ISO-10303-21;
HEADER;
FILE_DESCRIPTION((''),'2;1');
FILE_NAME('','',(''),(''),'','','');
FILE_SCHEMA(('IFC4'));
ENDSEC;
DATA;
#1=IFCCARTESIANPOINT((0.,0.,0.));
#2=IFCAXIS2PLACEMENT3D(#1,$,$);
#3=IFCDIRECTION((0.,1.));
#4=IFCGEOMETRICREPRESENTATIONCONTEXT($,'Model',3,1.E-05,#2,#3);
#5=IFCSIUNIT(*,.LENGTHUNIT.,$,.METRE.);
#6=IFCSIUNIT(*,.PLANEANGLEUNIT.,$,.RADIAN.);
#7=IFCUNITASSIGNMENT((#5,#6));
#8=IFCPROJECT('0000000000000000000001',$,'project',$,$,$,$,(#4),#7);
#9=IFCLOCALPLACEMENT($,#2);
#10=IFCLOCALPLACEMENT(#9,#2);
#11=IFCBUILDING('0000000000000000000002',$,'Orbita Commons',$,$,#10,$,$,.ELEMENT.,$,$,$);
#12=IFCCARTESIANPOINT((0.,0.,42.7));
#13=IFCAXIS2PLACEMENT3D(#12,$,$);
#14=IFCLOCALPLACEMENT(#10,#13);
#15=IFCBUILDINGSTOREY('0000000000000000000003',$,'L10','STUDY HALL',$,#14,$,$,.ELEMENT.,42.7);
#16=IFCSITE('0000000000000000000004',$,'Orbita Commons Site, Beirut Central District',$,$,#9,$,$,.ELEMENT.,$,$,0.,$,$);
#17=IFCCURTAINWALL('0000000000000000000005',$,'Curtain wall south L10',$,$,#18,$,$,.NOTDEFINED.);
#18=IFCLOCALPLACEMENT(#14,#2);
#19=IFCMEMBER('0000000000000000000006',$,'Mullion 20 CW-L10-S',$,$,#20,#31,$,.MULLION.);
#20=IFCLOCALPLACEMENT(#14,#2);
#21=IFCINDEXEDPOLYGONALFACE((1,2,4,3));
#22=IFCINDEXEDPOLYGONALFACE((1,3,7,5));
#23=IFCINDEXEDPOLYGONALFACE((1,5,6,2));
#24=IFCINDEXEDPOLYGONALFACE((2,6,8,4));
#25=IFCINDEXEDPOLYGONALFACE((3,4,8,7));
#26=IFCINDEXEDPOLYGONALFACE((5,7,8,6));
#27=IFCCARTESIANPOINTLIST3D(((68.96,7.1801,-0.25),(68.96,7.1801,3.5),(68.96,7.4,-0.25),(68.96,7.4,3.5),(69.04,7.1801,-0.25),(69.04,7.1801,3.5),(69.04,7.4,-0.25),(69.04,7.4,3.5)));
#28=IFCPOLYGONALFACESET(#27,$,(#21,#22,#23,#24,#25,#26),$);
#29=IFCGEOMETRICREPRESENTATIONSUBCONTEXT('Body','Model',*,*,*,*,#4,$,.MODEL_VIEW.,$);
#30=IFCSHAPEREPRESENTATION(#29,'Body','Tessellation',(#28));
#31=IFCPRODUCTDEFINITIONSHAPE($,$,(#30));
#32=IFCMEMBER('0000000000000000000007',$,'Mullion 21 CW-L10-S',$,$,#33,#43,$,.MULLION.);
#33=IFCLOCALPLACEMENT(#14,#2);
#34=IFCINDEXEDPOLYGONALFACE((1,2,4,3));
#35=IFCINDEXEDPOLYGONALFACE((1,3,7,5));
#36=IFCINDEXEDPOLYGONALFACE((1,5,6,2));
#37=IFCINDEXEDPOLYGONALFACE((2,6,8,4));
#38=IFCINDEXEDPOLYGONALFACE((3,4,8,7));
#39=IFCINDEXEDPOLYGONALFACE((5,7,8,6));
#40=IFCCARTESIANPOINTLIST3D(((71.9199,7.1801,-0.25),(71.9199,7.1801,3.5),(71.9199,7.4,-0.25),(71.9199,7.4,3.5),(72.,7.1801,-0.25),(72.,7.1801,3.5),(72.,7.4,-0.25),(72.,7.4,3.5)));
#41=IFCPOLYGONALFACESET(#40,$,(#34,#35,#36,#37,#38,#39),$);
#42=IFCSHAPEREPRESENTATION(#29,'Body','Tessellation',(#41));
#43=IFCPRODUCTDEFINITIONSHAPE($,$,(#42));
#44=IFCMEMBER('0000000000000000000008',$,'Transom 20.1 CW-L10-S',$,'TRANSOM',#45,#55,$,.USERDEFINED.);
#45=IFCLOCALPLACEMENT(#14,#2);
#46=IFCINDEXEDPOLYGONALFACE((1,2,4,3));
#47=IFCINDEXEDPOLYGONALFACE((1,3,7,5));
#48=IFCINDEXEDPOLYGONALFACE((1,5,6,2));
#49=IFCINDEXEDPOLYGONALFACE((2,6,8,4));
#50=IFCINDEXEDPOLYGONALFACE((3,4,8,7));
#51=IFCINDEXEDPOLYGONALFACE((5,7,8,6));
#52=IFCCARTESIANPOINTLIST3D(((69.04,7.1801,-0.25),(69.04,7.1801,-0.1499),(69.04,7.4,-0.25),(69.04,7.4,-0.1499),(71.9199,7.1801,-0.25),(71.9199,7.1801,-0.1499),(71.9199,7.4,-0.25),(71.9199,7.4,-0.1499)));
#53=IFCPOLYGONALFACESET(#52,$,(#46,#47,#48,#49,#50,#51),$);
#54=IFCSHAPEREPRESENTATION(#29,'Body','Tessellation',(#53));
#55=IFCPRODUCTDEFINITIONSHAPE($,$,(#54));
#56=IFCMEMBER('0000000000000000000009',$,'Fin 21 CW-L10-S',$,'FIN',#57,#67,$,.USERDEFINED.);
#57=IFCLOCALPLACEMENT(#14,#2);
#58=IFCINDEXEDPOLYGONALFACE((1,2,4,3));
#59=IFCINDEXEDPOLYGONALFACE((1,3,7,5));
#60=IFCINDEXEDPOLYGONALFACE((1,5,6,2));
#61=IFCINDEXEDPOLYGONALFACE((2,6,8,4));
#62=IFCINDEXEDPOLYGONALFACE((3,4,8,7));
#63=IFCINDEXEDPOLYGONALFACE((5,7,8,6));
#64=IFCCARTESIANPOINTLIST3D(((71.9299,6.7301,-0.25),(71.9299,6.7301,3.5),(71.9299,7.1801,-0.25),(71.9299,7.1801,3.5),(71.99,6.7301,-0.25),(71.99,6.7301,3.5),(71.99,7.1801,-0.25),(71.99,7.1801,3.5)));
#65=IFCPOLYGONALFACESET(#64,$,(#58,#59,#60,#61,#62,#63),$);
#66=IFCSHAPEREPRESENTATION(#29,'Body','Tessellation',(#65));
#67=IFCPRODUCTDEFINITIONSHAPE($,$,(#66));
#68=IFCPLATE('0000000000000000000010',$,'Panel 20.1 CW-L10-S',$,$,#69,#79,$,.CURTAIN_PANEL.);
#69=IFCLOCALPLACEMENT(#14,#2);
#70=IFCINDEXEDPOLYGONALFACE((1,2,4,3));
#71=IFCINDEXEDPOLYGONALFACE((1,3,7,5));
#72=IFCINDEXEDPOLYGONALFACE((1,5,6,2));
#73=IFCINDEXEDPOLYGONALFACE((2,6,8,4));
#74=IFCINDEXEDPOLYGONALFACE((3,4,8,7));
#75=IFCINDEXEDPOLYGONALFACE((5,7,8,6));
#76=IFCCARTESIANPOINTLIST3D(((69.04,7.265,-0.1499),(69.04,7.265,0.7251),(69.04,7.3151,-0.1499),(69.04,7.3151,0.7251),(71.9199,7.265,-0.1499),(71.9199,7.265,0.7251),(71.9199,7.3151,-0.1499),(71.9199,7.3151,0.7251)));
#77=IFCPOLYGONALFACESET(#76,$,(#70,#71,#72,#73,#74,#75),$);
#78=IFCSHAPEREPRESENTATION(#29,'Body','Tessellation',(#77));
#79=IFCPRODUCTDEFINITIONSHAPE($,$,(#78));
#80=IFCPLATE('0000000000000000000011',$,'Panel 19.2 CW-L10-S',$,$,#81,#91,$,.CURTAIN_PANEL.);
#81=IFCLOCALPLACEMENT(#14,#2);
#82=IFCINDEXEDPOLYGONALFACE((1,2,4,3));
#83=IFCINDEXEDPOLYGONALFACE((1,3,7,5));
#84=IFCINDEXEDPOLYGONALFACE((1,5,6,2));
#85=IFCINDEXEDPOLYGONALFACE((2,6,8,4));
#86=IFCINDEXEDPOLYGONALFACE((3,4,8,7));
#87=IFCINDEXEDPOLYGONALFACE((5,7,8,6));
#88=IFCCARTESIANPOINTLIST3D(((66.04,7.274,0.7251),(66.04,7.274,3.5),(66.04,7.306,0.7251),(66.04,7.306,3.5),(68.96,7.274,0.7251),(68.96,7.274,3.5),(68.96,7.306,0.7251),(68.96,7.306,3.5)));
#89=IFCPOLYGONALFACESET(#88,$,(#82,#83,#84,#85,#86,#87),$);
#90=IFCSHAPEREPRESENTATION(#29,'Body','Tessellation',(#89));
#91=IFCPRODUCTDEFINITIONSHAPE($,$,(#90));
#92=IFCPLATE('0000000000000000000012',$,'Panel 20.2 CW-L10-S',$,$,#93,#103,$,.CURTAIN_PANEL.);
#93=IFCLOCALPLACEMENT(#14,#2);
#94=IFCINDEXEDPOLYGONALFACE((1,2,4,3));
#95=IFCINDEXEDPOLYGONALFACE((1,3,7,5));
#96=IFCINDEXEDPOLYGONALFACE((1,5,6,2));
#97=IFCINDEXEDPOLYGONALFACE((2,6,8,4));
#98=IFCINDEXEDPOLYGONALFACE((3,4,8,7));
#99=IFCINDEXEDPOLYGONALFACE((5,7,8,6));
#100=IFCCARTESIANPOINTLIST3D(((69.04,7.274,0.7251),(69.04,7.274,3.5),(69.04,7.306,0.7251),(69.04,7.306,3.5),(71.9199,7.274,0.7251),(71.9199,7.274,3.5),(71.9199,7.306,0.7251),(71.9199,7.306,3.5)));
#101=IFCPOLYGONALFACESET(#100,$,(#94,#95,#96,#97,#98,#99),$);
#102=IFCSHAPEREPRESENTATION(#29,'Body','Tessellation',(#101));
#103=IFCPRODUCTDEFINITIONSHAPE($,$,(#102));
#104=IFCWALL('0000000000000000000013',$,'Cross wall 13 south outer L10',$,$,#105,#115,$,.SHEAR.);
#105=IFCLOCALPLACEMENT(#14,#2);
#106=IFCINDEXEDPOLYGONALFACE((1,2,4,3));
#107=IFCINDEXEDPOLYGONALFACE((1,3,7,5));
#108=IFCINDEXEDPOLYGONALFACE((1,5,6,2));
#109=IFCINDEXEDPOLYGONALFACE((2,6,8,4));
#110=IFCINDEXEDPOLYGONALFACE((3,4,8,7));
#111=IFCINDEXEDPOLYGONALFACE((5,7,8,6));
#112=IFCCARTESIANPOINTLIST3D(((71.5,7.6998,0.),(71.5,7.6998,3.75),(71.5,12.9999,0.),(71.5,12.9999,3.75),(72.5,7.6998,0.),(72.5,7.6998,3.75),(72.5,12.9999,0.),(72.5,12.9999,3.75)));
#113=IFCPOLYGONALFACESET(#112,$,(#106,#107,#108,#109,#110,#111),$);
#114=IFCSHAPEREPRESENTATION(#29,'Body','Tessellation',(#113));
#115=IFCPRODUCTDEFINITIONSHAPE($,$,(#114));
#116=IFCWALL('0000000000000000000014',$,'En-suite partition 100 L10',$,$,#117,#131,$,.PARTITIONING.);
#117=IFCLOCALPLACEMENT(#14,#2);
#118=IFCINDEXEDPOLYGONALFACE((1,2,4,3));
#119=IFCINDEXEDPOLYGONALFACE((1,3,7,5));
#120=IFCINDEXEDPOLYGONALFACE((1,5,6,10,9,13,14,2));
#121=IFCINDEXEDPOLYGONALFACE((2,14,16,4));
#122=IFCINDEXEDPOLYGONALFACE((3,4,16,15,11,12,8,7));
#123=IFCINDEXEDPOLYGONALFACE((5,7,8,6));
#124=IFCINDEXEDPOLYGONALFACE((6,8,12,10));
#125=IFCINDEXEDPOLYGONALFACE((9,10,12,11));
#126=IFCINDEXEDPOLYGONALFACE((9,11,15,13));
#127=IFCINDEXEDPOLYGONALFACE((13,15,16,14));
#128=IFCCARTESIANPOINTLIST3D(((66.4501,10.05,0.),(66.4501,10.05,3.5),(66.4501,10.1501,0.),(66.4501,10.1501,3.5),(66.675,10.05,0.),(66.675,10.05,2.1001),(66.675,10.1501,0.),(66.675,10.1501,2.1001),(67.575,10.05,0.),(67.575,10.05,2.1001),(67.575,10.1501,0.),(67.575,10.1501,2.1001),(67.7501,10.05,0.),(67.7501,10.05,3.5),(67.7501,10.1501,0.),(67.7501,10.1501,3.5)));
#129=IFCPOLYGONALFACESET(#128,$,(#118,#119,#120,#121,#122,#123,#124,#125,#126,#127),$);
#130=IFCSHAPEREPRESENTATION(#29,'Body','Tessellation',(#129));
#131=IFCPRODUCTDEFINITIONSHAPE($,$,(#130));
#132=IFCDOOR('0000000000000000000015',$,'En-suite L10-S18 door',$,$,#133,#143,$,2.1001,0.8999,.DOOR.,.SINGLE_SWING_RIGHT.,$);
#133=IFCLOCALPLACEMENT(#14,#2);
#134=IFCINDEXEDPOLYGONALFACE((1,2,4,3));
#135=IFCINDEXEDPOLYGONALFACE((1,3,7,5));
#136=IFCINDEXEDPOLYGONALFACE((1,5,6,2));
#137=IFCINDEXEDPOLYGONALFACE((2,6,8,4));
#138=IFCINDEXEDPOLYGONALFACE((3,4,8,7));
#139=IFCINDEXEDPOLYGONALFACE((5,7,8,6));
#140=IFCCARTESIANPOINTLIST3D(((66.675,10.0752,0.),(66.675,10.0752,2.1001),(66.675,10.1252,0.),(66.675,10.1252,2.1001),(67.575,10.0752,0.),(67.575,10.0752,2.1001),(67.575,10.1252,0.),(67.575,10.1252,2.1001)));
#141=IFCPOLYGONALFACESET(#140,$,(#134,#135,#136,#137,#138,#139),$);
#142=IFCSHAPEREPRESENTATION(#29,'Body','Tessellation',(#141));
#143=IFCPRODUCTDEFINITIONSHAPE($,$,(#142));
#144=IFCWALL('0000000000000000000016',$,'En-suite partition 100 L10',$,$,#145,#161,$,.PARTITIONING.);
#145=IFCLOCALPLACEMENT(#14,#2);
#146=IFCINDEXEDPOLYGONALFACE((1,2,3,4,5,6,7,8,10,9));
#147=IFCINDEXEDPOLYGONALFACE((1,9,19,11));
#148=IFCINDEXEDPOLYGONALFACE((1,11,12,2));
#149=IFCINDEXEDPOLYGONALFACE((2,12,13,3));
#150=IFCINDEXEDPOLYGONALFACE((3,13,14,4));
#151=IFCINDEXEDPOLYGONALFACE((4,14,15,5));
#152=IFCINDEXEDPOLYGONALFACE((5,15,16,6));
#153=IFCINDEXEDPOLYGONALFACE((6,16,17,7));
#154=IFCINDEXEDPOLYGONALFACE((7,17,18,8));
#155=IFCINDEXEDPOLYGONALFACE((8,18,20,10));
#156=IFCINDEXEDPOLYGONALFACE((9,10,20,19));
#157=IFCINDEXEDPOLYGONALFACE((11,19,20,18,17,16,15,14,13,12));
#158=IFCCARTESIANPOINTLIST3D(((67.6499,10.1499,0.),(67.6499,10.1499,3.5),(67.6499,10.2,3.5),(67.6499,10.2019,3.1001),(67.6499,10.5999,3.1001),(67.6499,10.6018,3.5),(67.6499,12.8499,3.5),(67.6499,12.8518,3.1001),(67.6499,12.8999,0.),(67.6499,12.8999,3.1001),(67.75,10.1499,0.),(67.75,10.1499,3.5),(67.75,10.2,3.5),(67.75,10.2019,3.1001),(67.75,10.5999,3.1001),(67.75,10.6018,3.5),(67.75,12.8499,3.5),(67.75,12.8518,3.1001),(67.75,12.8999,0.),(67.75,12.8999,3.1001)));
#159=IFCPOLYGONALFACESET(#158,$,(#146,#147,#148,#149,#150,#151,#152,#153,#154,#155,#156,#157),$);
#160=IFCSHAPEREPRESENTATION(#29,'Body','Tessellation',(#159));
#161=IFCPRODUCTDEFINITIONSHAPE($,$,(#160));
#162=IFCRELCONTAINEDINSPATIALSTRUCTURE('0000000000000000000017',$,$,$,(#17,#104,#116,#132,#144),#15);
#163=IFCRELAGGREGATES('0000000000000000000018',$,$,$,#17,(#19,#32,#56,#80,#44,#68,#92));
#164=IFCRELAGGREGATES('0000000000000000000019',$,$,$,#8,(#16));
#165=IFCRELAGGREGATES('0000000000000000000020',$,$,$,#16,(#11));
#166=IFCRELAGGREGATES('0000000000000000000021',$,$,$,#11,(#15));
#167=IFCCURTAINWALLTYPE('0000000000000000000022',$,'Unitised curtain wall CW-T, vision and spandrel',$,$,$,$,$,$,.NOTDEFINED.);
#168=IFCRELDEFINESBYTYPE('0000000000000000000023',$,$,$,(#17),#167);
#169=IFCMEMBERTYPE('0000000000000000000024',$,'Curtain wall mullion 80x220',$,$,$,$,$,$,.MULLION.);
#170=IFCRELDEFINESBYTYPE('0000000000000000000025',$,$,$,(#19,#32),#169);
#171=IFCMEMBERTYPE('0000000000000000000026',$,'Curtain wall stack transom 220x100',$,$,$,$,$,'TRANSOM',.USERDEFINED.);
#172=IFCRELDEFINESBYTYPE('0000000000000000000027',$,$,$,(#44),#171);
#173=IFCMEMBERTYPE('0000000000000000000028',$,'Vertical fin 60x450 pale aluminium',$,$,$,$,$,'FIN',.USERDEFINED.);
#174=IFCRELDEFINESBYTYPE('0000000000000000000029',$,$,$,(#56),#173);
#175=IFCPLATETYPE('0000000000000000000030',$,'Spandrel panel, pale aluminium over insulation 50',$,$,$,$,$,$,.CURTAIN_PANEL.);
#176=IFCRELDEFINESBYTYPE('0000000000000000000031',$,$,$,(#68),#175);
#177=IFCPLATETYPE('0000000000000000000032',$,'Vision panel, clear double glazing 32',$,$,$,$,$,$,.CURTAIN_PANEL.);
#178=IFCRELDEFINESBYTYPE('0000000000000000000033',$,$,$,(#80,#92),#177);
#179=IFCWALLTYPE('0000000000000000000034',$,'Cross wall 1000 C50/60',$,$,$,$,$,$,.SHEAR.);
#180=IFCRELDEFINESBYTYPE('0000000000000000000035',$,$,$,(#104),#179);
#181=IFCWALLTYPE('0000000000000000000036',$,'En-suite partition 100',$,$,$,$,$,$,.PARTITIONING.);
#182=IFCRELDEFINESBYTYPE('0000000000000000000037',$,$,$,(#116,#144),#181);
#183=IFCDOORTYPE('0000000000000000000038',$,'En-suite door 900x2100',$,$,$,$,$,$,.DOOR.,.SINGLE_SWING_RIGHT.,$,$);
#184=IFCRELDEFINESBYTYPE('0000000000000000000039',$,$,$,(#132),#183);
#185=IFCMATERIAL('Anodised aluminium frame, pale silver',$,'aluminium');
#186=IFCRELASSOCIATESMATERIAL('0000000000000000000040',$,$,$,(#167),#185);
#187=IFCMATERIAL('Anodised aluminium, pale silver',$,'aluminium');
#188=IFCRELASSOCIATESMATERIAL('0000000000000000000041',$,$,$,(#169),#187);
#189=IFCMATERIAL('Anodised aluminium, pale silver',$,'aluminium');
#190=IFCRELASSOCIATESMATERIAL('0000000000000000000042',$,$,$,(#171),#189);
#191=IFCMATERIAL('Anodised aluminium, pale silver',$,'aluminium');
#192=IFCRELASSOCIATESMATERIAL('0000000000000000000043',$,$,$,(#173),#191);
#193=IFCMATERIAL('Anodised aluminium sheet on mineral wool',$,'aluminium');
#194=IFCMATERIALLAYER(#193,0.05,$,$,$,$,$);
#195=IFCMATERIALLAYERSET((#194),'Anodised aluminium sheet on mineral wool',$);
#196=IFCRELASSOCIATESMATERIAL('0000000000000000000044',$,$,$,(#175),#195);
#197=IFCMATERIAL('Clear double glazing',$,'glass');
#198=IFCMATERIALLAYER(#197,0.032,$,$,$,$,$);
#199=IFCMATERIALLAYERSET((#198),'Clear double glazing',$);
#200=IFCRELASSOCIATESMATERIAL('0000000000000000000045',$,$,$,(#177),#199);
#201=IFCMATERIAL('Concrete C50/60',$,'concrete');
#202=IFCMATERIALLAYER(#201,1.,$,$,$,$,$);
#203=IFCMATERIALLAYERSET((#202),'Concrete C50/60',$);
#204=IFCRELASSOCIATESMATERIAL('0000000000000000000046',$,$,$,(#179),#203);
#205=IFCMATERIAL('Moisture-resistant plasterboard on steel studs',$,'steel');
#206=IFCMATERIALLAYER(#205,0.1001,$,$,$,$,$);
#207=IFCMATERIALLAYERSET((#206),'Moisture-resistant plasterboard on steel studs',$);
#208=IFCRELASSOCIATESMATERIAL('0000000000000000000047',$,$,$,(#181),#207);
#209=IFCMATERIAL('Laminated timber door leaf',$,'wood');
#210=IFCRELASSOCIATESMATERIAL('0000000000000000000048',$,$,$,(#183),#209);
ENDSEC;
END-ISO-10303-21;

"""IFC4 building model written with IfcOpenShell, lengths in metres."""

from ifc_helpers import new_model, si_unit, direction, frame, frame_2d, origin, origin_2d, place, context, subcontext, project, spatial, polyline, rectangle, outline, extrude, material, layer, layer_set, material_profile, profile_set, type_object, element, fill, aggregate, save


model = new_model("IFC4")

# Units and contexts
model_context = context("Model", 3, precision=1e-05, world=origin(), true_north=direction((0.0, 1.0)))
body_context = subcontext(model_context, "Body", "Model", "MODEL_VIEW")
ifc_project = project(units=[si_unit("LENGTHUNIT", "METRE"), si_unit("PLANEANGLEUNIT", "RADIAN")], contexts=[model_context])

# Site, building, storey
site_placement = place(None, origin())
site = spatial("IfcSite", under=ifc_project, at=site_placement, Name="Orbita Commons Site, Beirut Central District", CompositionType="ELEMENT", RefElevation=0.0)
building_placement = place(site_placement, origin())
building = spatial("IfcBuilding", under=site, at=building_placement, Name="Orbita Commons", CompositionType="ELEMENT")
storey_placement = place(building_placement, frame((0.0, 0.0, 42.7)))
storey = spatial("IfcBuildingStorey", under=building, at=storey_placement, Name="L10", Description="STUDY HALL", CompositionType="ELEMENT", Elevation=42.7)

# Curtain wall, members, plates
ifc_material_1 = material(Name="Anodised aluminium frame, pale silver", Category="aluminium")
curtain_wall_type = type_object("IfcCurtainWallType", Name="Unitised curtain wall CW-T, vision and spandrel", PredefinedType="NOTDEFINED", material=ifc_material_1)
curtain_wall_placement = place(storey_placement, origin())
curtain_wall = element("IfcCurtainWall", 1, at=curtain_wall_placement, inside=storey, type_object=curtain_wall_type, Name="Curtain wall south L10", PredefinedType="NOTDEFINED")
ifc_material_2 = material(Name="Anodised aluminium, pale silver", Category="aluminium")
ifc_material_profile_1 = material_profile(ifc_material_2, rectangle(XDim=0.0801, YDim=0.22, at=origin_2d()), Name="AL 80x220")
ifc_profile_set_1 = profile_set([ifc_material_profile_1], Name="Anodised aluminium, pale silver")
member_type_1 = type_object("IfcMemberType", Name="Curtain wall mullion 80x220", PredefinedType="MULLION", material=ifc_profile_set_1)
member_1_placement = place(storey_placement, frame((69.0, 7.29, -0.25), z_axis=(0.0, 0.0, 1.0), x_axis=(1.0, 0.0, 0.0)))
member_1 = element("IfcMember", 2, at=member_1_placement, type_object=member_type_1, Name="Mullion 20 CW-L10-S", PredefinedType="MULLION", context=body_context, shape_type="SweptSolid", body=[
    extrude(rectangle(XDim=0.0801, YDim=0.22, at=origin_2d()), origin(), (0.0, 0.0, 1.0), 3.75),
])
member_2_placement = place(storey_placement, frame((71.96, 7.29, -0.25), z_axis=(0.0, 0.0, 1.0), x_axis=(1.0, 0.0, 0.0)))
member_2 = element("IfcMember", 3, at=member_2_placement, type_object=member_type_1, Name="Mullion 21 CW-L10-S", PredefinedType="MULLION", context=body_context, shape_type="SweptSolid", body=[
    extrude(rectangle(XDim=0.0801, YDim=0.22, at=origin_2d()), origin(), (0.0, 0.0, 1.0), 3.75),
])
ifc_material_3 = material(Name="Anodised aluminium, pale silver", Category="aluminium")
ifc_material_profile_2 = material_profile(ifc_material_3, rectangle(XDim=0.22, YDim=0.1001, at=origin_2d()), Name="AL 220x100")
ifc_profile_set_2 = profile_set([ifc_material_profile_2], Name="Anodised aluminium, pale silver")
member_type_2 = type_object("IfcMemberType", Name="Curtain wall stack transom 220x100", ElementType="TRANSOM", PredefinedType="USERDEFINED", material=ifc_profile_set_2)
member_3_placement = place(storey_placement, frame((69.04, 7.29, -0.2), z_axis=(1.0, 0.0, 0.0), x_axis=(0.0, 1.0, 0.0)))
member_3 = element("IfcMember", 4, at=member_3_placement, type_object=member_type_2, Name="Transom 20.1 CW-L10-S", ObjectType="TRANSOM", PredefinedType="USERDEFINED", context=body_context, shape_type="SweptSolid", body=[
    extrude(rectangle(XDim=0.22, YDim=0.1001, at=origin_2d()), origin(), (0.0, 0.0, 1.0), 2.8799),
])
ifc_material_4 = material(Name="Anodised aluminium, pale silver", Category="aluminium")
ifc_material_profile_3 = material_profile(ifc_material_4, rectangle(XDim=0.0601, YDim=0.45, at=origin_2d()), Name="FIN 60x450")
ifc_profile_set_3 = profile_set([ifc_material_profile_3], Name="Anodised aluminium, pale silver")
member_type_3 = type_object("IfcMemberType", Name="Vertical fin 60x450 pale aluminium", ElementType="FIN", PredefinedType="USERDEFINED", material=ifc_profile_set_3)
member_4_placement = place(storey_placement, frame((71.96, 6.9551, -0.25), z_axis=(0.0, 0.0, 1.0), x_axis=(1.0, 0.0, 0.0)))
member_4 = element("IfcMember", 5, at=member_4_placement, type_object=member_type_3, Name="Fin 21 CW-L10-S", ObjectType="FIN", PredefinedType="USERDEFINED", context=body_context, shape_type="SweptSolid", body=[
    extrude(rectangle(XDim=0.0601, YDim=0.45, at=origin_2d()), origin(), (0.0, 0.0, 1.0), 3.75),
])
ifc_material_5 = material(Name="Anodised aluminium sheet on mineral wool", Category="aluminium")
ifc_layer_1 = layer(ifc_material_5, 0.05)
ifc_layer_set_1 = layer_set([ifc_layer_1], Name="Anodised aluminium sheet on mineral wool")
plate_type_1 = type_object("IfcPlateType", Name="Spandrel panel, pale aluminium over insulation 50", PredefinedType="CURTAIN_PANEL", material=ifc_layer_set_1)
plate_1_placement = place(storey_placement, frame((70.48, 7.29, -0.1499), z_axis=(0.0, 0.0, 1.0), x_axis=(1.0, 0.0, 0.0)))
plate_1 = element("IfcPlate", 6, at=plate_1_placement, type_object=plate_type_1, Name="Panel 20.1 CW-L10-S", PredefinedType="CURTAIN_PANEL", context=body_context, shape_type="SweptSolid", body=[
    extrude(rectangle(XDim=2.8799, YDim=0.05, at=origin_2d()), origin(), (0.0, 0.0, 1.0), 0.875),
])
ifc_material_6 = material(Name="Clear double glazing", Category="glass")
ifc_layer_2 = layer(ifc_material_6, 0.032)
ifc_layer_set_2 = layer_set([ifc_layer_2], Name="Clear double glazing")
plate_type_2 = type_object("IfcPlateType", Name="Vision panel, clear double glazing 32", PredefinedType="CURTAIN_PANEL", material=ifc_layer_set_2)
plate_2_placement = place(storey_placement, frame((67.5, 7.29, 0.7251), z_axis=(0.0, 0.0, 1.0), x_axis=(1.0, 0.0, 0.0)))
plate_2 = element("IfcPlate", 7, at=plate_2_placement, type_object=plate_type_2, Name="Panel 19.2 CW-L10-S", PredefinedType="CURTAIN_PANEL", context=body_context, shape_type="SweptSolid", body=[
    extrude(rectangle(XDim=2.9199, YDim=0.032, at=origin_2d()), origin(), (0.0, 0.0, 1.0), 2.7749),
])
plate_3_placement = place(storey_placement, frame((70.48, 7.29, 0.7251), z_axis=(0.0, 0.0, 1.0), x_axis=(1.0, 0.0, 0.0)))
plate_3 = element("IfcPlate", 8, at=plate_3_placement, type_object=plate_type_2, Name="Panel 20.2 CW-L10-S", PredefinedType="CURTAIN_PANEL", context=body_context, shape_type="SweptSolid", body=[
    extrude(rectangle(XDim=2.8799, YDim=0.032, at=origin_2d()), origin(), (0.0, 0.0, 1.0), 2.7749),
])
aggregate(curtain_wall, [member_1, member_2, member_4, plate_2, member_3, plate_1, plate_3])

# Wall
ifc_material_7 = material(Name="Concrete C50/60", Category="concrete")
ifc_layer_3 = layer(ifc_material_7, 1.0)
ifc_layer_set_3 = layer_set([ifc_layer_3], Name="Concrete C50/60")
wall_type_1 = type_object("IfcWallType", Name="Cross wall 1000 C50/60", PredefinedType="SHEAR", material=ifc_layer_set_3)
wall_1_placement = place(storey_placement, frame((72.0, 7.7, 0.0), z_axis=(0.0, 0.0, 1.0), x_axis=(0.0, 1.0, 0.0)))
element("IfcWall", 9, at=wall_1_placement, inside=storey, type_object=wall_type_1, Name="Cross wall 13 south outer L10", PredefinedType="SHEAR", context=body_context, shape_type="SweptSolid", body=[
    extrude(rectangle(XDim=5.3, YDim=1.0, at=frame_2d((2.6499, 0.0))), origin(), (0.0, 0.0, 1.0), 3.75),
])

# Wall, opening, door
ifc_material_8 = material(Name="Moisture-resistant plasterboard on steel studs", Category="steel")
ifc_layer_4 = layer(ifc_material_8, 0.1001)
ifc_layer_set_4 = layer_set([ifc_layer_4], Name="Moisture-resistant plasterboard on steel studs")
wall_type_2 = type_object("IfcWallType", Name="En-suite partition 100", PredefinedType="PARTITIONING", material=ifc_layer_set_4)
wall_2_placement = place(storey_placement, frame((67.75, 10.1001, 0.0), z_axis=(0.0, 0.0, 1.0), x_axis=(-1.0, 0.0, 0.0)))
wall_2 = element("IfcWall", 10, at=wall_2_placement, inside=storey, type_object=wall_type_2, Name="En-suite partition 100 L10", PredefinedType="PARTITIONING", context=body_context, shape_type="SweptSolid", body=[
    extrude(rectangle(XDim=1.3, YDim=0.1001, at=frame_2d((0.6499, 0.0))), origin(), (0.0, 0.0, 1.0), 3.5),
])
opening_1_placement = place(wall_2_placement, frame((0.175, 0.0, 0.0)))
opening_1 = element("IfcOpeningElement", 11, at=opening_1_placement, cuts=wall_2, PredefinedType="OPENING", context=body_context, shape_type="SweptSolid", body=[
    extrude(rectangle(XDim=0.8999, YDim=2.1001, at=frame_2d((0.45, 1.05))), frame((0.0, 0.0601, 0.0), z_axis=(0.0, -1.0, 0.0), x_axis=(1.0, 0.0, 0.0)), (0.0, 0.0, 1.0), 0.1201),
])
ifc_material_9 = material(Name="Laminated timber door leaf", Category="wood")
door_type = type_object("IfcDoorType", Name="En-suite door 900x2100", OperationType="SINGLE_SWING_RIGHT", PredefinedType="DOOR", material=ifc_material_9)
door_1_placement = place(opening_1_placement, origin())
door_1 = element("IfcDoor", 12, at=door_1_placement, inside=storey, type_object=door_type, Name="En-suite L10-S18 door", OperationType="SINGLE_SWING_RIGHT", OverallHeight=2.1001, OverallWidth=0.8999, PredefinedType="DOOR", context=body_context, shape_type="SweptSolid", body=[
    extrude(rectangle(XDim=0.8999, YDim=2.1001, at=frame_2d((0.45, 1.05))), frame((0.0, 0.0249, 0.0), z_axis=(0.0, -1.0, 0.0), x_axis=(1.0, 0.0, 0.0)), (0.0, 0.0, 1.0), 0.05),
])
fill(opening_1, door_1)

# Wall
wall_3_placement = place(storey_placement, frame((67.7, 10.1499, 0.0), z_axis=(0.0, 0.0, 1.0), x_axis=(0.0, 1.0, 0.0)))
element("IfcWall", 13, at=wall_3_placement, inside=storey, type_object=wall_type_2, Name="En-suite partition 100 L10", PredefinedType="PARTITIONING", context=body_context, shape_type="SweptSolid", body=[
    extrude(outline(polyline([(0.0, 0.0), (2.75, 0.0), (2.75, 3.1001), (2.7019, 3.1001), (2.7, 3.5), (0.4519, 3.5), (0.45, 3.1001), (0.052, 3.1001), (0.05, 3.5), (0.0, 3.5), (0.0, 0.0)])), frame((0.0, 0.05, 0.0), z_axis=(0.0, -1.0, 0.0), x_axis=(1.0, 0.0, 0.0)), (0.0, 0.0, 1.0), 0.1001),
])

save(model, "model.ifc")
